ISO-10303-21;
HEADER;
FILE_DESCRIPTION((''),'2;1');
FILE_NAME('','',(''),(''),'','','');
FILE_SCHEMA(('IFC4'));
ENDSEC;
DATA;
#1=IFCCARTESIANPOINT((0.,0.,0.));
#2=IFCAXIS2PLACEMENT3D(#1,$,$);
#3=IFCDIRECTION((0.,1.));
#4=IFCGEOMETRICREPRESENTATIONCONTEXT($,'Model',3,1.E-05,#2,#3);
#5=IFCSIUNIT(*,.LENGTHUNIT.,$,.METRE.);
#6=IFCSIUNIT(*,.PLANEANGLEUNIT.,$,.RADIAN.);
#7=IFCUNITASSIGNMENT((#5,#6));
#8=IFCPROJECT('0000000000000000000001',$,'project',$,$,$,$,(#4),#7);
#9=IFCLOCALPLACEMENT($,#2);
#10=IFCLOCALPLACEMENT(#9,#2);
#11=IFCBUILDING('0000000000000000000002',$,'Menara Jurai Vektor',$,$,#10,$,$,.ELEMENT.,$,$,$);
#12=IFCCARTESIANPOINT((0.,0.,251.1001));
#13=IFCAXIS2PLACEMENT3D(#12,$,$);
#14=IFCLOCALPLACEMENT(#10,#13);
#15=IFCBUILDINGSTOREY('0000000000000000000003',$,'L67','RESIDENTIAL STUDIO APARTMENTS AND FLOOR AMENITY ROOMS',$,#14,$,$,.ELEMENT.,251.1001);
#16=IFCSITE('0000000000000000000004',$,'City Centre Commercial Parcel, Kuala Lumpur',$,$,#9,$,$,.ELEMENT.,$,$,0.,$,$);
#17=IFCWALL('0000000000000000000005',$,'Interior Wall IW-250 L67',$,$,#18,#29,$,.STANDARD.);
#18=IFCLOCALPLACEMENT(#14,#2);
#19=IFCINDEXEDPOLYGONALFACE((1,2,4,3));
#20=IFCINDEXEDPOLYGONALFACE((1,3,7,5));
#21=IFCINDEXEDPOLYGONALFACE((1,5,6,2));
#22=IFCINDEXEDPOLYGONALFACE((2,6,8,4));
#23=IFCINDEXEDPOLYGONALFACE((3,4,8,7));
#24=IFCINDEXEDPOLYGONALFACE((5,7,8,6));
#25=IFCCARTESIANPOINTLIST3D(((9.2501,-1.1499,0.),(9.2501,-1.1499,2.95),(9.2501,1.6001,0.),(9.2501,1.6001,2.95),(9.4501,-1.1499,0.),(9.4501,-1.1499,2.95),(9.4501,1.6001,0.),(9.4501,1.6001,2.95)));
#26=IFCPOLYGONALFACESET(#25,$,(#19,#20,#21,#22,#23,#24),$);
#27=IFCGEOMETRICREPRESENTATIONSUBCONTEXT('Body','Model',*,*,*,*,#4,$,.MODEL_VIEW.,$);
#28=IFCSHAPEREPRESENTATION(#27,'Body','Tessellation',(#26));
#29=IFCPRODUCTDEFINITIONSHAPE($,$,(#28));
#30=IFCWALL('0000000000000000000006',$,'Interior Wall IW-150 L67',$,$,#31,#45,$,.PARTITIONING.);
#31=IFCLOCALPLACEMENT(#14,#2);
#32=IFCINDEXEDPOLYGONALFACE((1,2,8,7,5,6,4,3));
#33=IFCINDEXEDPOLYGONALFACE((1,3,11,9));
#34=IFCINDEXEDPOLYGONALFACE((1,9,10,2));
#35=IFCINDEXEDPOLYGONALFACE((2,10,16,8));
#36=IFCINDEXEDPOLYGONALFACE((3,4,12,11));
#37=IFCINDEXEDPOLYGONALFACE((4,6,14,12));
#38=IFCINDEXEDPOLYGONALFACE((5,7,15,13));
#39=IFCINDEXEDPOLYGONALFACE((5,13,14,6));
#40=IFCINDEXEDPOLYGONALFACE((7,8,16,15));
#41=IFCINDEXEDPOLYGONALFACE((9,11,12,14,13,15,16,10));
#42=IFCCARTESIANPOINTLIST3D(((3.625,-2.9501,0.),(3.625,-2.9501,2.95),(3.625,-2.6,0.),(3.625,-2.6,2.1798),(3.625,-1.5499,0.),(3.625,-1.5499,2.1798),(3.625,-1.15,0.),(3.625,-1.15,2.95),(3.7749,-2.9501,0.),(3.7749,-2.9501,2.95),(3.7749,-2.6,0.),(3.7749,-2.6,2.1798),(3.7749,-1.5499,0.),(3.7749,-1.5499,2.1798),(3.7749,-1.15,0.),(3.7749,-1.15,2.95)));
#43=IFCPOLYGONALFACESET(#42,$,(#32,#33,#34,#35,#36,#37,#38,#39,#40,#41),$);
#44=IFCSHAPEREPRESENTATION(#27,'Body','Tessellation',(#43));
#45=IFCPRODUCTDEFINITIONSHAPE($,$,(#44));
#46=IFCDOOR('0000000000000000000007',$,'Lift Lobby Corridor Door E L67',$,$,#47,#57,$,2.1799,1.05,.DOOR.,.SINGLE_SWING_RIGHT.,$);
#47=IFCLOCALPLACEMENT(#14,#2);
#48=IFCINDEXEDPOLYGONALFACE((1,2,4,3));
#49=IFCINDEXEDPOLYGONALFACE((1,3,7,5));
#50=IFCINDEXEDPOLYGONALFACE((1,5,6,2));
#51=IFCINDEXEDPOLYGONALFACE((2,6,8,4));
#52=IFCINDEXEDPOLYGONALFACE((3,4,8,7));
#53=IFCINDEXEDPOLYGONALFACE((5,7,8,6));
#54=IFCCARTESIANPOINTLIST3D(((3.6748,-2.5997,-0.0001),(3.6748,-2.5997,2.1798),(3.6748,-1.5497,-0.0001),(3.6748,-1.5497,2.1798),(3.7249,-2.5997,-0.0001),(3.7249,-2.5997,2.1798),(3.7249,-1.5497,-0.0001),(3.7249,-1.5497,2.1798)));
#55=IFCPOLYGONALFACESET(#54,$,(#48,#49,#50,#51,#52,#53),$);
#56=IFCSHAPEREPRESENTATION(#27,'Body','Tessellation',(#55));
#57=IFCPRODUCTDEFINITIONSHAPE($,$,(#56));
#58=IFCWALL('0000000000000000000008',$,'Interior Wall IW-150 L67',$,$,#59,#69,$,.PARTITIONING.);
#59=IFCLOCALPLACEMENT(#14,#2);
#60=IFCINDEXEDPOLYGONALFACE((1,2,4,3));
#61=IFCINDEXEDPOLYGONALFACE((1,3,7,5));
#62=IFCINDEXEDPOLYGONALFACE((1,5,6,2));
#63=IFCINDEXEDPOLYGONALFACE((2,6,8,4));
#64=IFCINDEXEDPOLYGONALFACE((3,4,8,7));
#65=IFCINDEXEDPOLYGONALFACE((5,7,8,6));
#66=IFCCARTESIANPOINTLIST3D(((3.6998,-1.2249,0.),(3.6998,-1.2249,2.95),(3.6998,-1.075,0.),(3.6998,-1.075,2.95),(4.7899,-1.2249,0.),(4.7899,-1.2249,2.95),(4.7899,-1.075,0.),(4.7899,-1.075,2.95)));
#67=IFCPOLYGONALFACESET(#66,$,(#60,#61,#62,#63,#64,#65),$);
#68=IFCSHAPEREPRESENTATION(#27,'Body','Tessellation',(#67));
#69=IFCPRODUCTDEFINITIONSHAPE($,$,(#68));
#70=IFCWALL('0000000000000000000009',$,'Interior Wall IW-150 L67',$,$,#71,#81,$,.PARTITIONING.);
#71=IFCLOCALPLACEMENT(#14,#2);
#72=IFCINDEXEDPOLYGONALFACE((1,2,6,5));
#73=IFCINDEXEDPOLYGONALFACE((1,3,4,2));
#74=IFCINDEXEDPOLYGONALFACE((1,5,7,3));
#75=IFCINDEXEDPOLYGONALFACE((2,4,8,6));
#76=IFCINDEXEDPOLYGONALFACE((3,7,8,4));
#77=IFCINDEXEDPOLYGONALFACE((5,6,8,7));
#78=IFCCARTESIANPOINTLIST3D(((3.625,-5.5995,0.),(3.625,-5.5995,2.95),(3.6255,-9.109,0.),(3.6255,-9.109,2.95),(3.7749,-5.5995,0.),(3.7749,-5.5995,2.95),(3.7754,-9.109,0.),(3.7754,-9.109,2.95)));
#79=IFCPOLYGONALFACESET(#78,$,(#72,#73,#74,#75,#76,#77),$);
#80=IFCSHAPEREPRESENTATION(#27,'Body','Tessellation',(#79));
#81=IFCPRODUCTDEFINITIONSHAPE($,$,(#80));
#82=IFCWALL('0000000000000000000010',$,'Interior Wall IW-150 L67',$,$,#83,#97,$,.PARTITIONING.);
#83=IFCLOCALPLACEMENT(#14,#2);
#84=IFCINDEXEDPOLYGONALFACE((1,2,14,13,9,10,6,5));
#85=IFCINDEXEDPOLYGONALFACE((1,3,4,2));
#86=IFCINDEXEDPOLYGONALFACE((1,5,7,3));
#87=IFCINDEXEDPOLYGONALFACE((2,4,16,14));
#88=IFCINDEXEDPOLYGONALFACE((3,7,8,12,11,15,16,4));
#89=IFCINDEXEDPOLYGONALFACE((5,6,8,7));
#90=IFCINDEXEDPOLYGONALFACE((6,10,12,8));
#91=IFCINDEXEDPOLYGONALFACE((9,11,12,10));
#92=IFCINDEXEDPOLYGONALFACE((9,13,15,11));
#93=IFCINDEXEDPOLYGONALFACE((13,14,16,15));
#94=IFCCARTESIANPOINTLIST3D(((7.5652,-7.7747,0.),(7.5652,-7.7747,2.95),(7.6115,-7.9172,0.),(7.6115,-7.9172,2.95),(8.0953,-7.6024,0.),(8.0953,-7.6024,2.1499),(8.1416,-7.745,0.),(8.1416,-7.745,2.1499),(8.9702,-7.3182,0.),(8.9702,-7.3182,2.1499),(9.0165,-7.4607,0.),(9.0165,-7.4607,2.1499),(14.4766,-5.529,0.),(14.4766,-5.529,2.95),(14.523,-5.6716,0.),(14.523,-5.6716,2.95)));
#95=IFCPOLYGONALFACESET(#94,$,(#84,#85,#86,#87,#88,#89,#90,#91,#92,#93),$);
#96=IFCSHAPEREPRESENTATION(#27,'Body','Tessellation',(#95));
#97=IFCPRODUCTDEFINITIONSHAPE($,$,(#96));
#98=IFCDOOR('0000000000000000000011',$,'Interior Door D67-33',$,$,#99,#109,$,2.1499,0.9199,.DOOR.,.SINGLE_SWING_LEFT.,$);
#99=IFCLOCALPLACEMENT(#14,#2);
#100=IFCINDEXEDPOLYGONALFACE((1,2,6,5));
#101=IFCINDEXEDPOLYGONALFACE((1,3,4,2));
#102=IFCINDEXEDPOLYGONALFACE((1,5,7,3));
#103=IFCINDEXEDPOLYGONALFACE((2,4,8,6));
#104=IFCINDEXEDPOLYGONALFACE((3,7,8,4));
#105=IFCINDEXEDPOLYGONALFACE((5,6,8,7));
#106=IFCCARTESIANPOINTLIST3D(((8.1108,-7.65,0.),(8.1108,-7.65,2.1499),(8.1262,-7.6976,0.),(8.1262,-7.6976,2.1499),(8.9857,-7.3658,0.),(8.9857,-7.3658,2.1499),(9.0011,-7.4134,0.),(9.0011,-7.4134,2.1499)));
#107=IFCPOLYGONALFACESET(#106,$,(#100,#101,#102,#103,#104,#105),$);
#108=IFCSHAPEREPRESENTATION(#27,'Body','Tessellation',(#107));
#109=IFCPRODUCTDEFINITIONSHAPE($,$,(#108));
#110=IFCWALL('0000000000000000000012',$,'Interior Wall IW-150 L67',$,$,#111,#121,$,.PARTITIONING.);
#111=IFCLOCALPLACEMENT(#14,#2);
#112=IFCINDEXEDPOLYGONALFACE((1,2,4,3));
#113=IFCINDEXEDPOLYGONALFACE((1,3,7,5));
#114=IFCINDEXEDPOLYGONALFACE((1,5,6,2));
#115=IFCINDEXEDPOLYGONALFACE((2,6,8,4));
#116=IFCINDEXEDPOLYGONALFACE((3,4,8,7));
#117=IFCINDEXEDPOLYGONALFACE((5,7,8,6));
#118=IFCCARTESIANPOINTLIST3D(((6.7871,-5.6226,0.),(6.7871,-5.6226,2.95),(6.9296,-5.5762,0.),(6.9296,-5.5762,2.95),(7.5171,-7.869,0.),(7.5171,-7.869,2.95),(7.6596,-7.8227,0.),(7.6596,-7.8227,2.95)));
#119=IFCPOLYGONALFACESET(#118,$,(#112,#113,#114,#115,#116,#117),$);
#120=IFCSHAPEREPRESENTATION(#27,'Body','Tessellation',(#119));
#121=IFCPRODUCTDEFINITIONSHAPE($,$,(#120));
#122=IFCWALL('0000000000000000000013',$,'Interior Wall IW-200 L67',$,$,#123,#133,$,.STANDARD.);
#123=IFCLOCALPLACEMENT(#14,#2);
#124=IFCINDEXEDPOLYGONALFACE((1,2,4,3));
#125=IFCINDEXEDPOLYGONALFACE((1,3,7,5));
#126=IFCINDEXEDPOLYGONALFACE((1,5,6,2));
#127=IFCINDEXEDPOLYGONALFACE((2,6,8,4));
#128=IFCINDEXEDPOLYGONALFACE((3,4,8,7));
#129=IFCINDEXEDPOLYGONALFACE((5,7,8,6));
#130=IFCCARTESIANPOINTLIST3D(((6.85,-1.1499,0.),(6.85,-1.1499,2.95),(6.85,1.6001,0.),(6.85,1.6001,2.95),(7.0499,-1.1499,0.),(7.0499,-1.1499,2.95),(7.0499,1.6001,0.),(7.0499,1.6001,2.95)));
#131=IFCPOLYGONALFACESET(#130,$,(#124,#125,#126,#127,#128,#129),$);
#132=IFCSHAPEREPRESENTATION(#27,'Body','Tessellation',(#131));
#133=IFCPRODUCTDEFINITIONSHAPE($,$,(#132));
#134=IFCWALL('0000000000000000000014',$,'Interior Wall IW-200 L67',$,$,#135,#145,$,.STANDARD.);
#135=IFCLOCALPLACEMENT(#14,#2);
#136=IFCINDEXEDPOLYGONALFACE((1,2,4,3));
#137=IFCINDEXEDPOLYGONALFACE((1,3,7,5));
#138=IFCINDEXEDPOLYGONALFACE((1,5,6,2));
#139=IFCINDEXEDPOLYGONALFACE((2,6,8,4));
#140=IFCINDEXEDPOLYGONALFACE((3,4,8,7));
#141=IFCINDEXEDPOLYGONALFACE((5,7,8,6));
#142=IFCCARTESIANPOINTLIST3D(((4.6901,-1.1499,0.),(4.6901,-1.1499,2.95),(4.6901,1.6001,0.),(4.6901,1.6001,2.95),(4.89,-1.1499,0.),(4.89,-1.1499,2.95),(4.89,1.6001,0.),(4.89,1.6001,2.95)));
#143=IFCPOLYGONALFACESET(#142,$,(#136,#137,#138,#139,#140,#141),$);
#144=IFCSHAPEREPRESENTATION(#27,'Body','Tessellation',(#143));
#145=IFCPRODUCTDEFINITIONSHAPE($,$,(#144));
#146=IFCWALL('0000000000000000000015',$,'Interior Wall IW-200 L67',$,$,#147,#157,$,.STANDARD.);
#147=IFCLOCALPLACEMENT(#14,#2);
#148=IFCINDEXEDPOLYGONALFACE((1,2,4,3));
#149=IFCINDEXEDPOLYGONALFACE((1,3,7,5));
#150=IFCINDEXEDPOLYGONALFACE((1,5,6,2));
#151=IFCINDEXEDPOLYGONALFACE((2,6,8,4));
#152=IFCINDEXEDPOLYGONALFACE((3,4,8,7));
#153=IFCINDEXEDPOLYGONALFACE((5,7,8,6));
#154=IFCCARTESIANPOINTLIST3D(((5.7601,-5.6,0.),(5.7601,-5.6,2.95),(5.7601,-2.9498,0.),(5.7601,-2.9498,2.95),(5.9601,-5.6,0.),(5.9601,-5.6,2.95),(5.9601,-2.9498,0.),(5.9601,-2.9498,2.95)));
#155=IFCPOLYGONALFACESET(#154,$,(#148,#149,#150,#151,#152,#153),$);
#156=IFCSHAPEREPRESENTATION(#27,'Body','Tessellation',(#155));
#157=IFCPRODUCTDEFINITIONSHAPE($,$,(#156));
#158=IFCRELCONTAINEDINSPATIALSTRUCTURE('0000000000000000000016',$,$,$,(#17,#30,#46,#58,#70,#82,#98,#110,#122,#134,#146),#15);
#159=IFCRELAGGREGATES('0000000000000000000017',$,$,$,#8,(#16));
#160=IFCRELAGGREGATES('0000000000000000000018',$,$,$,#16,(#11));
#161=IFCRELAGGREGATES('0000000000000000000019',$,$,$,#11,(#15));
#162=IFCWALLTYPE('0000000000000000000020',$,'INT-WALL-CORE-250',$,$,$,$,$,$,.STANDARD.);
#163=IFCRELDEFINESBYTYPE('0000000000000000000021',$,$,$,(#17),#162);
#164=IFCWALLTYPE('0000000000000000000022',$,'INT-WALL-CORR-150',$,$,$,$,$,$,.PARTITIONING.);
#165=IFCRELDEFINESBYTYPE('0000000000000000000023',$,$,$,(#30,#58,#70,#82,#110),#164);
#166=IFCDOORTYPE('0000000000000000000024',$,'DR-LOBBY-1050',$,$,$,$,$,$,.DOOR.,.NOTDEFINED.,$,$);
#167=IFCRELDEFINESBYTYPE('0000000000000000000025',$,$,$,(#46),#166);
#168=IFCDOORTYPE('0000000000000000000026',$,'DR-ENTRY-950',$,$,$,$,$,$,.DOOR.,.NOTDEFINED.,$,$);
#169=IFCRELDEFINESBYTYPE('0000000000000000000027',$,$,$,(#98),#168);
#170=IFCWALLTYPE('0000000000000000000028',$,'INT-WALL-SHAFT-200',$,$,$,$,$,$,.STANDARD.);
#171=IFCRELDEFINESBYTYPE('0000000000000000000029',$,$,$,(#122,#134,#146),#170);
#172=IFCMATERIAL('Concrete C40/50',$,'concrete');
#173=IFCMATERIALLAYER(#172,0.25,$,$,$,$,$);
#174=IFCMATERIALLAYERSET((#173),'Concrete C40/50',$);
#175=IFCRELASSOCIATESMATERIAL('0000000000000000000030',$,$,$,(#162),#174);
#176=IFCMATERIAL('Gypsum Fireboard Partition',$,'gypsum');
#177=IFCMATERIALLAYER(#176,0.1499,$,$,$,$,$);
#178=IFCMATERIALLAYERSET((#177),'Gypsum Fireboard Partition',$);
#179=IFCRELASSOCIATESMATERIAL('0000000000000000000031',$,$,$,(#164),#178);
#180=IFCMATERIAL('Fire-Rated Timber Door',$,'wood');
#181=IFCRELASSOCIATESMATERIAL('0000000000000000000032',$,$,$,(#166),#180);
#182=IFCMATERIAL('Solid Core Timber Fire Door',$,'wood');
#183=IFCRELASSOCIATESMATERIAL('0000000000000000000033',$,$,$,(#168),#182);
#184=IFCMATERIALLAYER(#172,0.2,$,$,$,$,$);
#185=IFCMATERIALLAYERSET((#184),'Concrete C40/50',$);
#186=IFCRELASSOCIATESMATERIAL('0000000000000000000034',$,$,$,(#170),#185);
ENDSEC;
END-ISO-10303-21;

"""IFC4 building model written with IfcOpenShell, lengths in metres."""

from ifc_helpers import new_model, si_unit, direction, frame, frame_2d, origin, place, context, subcontext, project, spatial, rectangle, extrude, material, layer, layer_set, type_object, element, fill, save


model = new_model("IFC4")

# Units and contexts
model_context = context("Model", 3, precision=1e-05, world=origin(), true_north=direction((0.0, 1.0)))
body_context = subcontext(model_context, "Body", "Model", "MODEL_VIEW")
ifc_project = project(units=[si_unit("LENGTHUNIT", "METRE"), si_unit("PLANEANGLEUNIT", "RADIAN")], contexts=[model_context])

# Site, building, storey
site_placement = place(None, origin())
site = spatial("IfcSite", under=ifc_project, at=site_placement, Name="City Centre Commercial Parcel, Kuala Lumpur", CompositionType="ELEMENT", RefElevation=0.0)
building_placement = place(site_placement, origin())
building = spatial("IfcBuilding", under=site, at=building_placement, Name="Menara Jurai Vektor", CompositionType="ELEMENT")
storey_placement = place(building_placement, frame((0.0, 0.0, 251.1001)))
storey = spatial("IfcBuildingStorey", under=building, at=storey_placement, Name="L67", Description="RESIDENTIAL STUDIO APARTMENTS AND FLOOR AMENITY ROOMS", CompositionType="ELEMENT", Elevation=251.1001)

# Wall
ifc_material_1 = material(Name="Concrete C40/50", Category="concrete")
ifc_layer_1 = layer(ifc_material_1, 0.25)
ifc_layer_set_1 = layer_set([ifc_layer_1], Name="Concrete C40/50")
wall_type_1 = type_object("IfcWallType", Name="INT-WALL-CORE-250", PredefinedType="STANDARD", material=ifc_layer_set_1)
wall_1_placement = place(storey_placement, frame((9.3501, -1.1499, 0.0), z_axis=(0.0, 0.0, 1.0), x_axis=(0.0, 1.0, 0.0)))
element("IfcWall", 1, at=wall_1_placement, inside=storey, type_object=wall_type_1, Name="Interior Wall IW-250 L67", PredefinedType="STANDARD", context=body_context, shape_type="SweptSolid", body=[
    extrude(rectangle(XDim=2.75, YDim=0.2, at=frame_2d((1.375, 0.0))), origin(), (0.0, 0.0, 1.0), 2.95),
])

# Wall, opening, door
ifc_material_2 = material(Name="Gypsum Fireboard Partition", Category="gypsum")
ifc_layer_2 = layer(ifc_material_2, 0.1499)
ifc_layer_set_2 = layer_set([ifc_layer_2], Name="Gypsum Fireboard Partition")
wall_type_2 = type_object("IfcWallType", Name="INT-WALL-CORR-150", PredefinedType="PARTITIONING", material=ifc_layer_set_2)
wall_2_placement = place(storey_placement, frame((3.7, -2.95, 0.0), z_axis=(0.0, 0.0, 1.0), x_axis=(0.0, 1.0, 0.0)))
wall_2 = element("IfcWall", 2, at=wall_2_placement, inside=storey, type_object=wall_type_2, Name="Interior Wall IW-150 L67", PredefinedType="PARTITIONING", context=body_context, shape_type="SweptSolid", body=[
    extrude(rectangle(XDim=1.8, YDim=0.1499, at=frame_2d((0.8999, 0.0))), origin(), (0.0, 0.0, 1.0), 2.95),
])
opening_1_placement = place(wall_2_placement, frame((0.3501, 0.0, 0.0)))
opening_1 = element("IfcOpeningElement", 3, at=opening_1_placement, cuts=wall_2, PredefinedType="OPENING", context=body_context, shape_type="SweptSolid", body=[
    extrude(rectangle(XDim=1.05, YDim=2.1799, at=frame_2d((0.5249, 1.0898))), frame((0.0, 0.085, 0.0), z_axis=(0.0, -1.0, 0.0), x_axis=(1.0, 0.0, 0.0)), (0.0, 0.0, 1.0), 0.1699),
])
ifc_material_3 = material(Name="Fire-Rated Timber Door", Category="wood")
door_type_1 = type_object("IfcDoorType", Name="DR-LOBBY-1050", OperationType="NOTDEFINED", PredefinedType="DOOR", material=ifc_material_3)
door_1_placement = place(opening_1_placement, frame((1.05, 0.0, 0.0), z_axis=(0.0, 0.0, 1.0), x_axis=(-1.0, 0.0, 0.0)))
door_1 = element("IfcDoor", 4, at=door_1_placement, inside=storey, type_object=door_type_1, Name="Lift Lobby Corridor Door E L67", OperationType="SINGLE_SWING_RIGHT", OverallHeight=2.1799, OverallWidth=1.05, PredefinedType="DOOR", context=body_context, shape_type="SweptSolid", body=[
    extrude(rectangle(XDim=1.05, YDim=2.1799, at=frame_2d((0.5249, 1.0898))), frame((0.0, 0.0249, 0.0), z_axis=(0.0, -1.0, 0.0), x_axis=(1.0, 0.0, 0.0)), (0.0, 0.0, 1.0), 0.05),
])
fill(opening_1, door_1)

# Walls
wall_3_placement = place(storey_placement, frame((3.7, -1.1499, 0.0), z_axis=(0.0, 0.0, 1.0), x_axis=(1.0, 0.0, 0.0)))
element("IfcWall", 5, at=wall_3_placement, inside=storey, type_object=wall_type_2, Name="Interior Wall IW-150 L67", PredefinedType="PARTITIONING", context=body_context, shape_type="SweptSolid", body=[
    extrude(rectangle(XDim=1.0901, YDim=0.1499, at=frame_2d((0.5449, 0.0))), origin(), (0.0, 0.0, 1.0), 2.95),
])
wall_4_placement = place(storey_placement, frame((3.7004, -9.1091, 0.0), z_axis=(0.0, 0.0, 1.0), x_axis=(-0.000139, 1.0, 0.0)))
element("IfcWall", 6, at=wall_4_placement, inside=storey, type_object=wall_type_2, Name="Interior Wall IW-150 L67", PredefinedType="PARTITIONING", context=body_context, shape_type="SweptSolid", body=[
    extrude(rectangle(XDim=3.5095, YDim=0.1499, at=frame_2d((1.7549, 0.0))), origin(), (0.0, 0.0, 1.0), 2.95),
])

# Wall, opening, door
ifc_material_4 = material(Name="Solid Core Timber Fire Door", Category="wood")
door_type_2 = type_object("IfcDoorType", Name="DR-ENTRY-950", OperationType="NOTDEFINED", PredefinedType="DOOR", material=ifc_material_4)
wall_5_placement = place(storey_placement, frame((7.5884, -7.8459, 0.0), z_axis=(0.0, 0.0, 1.0), x_axis=(0.951058, 0.309012, 0.0)))
wall_5 = element("IfcWall", 7, at=wall_5_placement, inside=storey, type_object=wall_type_2, Name="Interior Wall IW-150 L67", PredefinedType="PARTITIONING", context=body_context, shape_type="SweptSolid", body=[
    extrude(rectangle(XDim=7.2671, YDim=0.1499, at=frame_2d((3.6335, 0.0))), origin(), (0.0, 0.0, 1.0), 2.95),
])
opening_2_placement = place(wall_5_placement, frame((0.5574, 0.0, 0.0)))
opening_2 = element("IfcOpeningElement", 8, at=opening_2_placement, cuts=wall_5, PredefinedType="OPENING", context=body_context, shape_type="SweptSolid", body=[
    extrude(rectangle(XDim=0.9199, YDim=2.1499, at=frame_2d((0.46, 1.075))), frame((0.0, 0.085, 0.0), z_axis=(0.0, -1.0, 0.0), x_axis=(1.0, 0.0, 0.0)), (0.0, 0.0, 1.0), 0.1699),
])
door_2_placement = place(opening_2_placement, origin())
door_2 = element("IfcDoor", 9, at=door_2_placement, inside=storey, type_object=door_type_2, Name="Interior Door D67-33", OperationType="SINGLE_SWING_LEFT", OverallHeight=2.1499, OverallWidth=0.9199, PredefinedType="DOOR", context=body_context, shape_type="SweptSolid", body=[
    extrude(rectangle(XDim=0.9199, YDim=2.1499, at=frame_2d((0.46, 1.075))), frame((0.0, 0.0249, 0.0), z_axis=(0.0, -1.0, 0.0), x_axis=(1.0, 0.0, 0.0)), (0.0, 0.0, 1.0), 0.05),
])
fill(opening_2, door_2)

# Wall
wall_6_placement = place(storey_placement, frame((7.5884, -7.8459, 0.0), z_axis=(0.0, 0.0, 1.0), x_axis=(-0.309056, 0.951044, 0.0)))
element("IfcWall", 10, at=wall_6_placement, inside=storey, type_object=wall_type_2, Name="Interior Wall IW-150 L67", PredefinedType="PARTITIONING", context=body_context, shape_type="SweptSolid", body=[
    extrude(rectangle(XDim=2.3621, YDim=0.1499, at=frame_2d((1.1812, 0.0))), origin(), (0.0, 0.0, 1.0), 2.95),
])

# Shared definitions
ifc_layer_3 = layer(ifc_material_1, 0.2)
ifc_layer_set_3 = layer_set([ifc_layer_3], Name="Concrete C40/50")
wall_type_3 = type_object("IfcWallType", Name="INT-WALL-SHAFT-200", PredefinedType="STANDARD", material=ifc_layer_set_3)

# Wall
wall_7_placement = place(storey_placement, frame((6.95, -1.1499, 0.0), z_axis=(0.0, 0.0, 1.0), x_axis=(0.0, 1.0, 0.0)))
element("IfcWall", 11, at=wall_7_placement, inside=storey, type_object=wall_type_3, Name="Interior Wall IW-200 L67", PredefinedType="STANDARD", context=body_context, shape_type="SweptSolid", body=[
    extrude(rectangle(XDim=2.75, YDim=0.2, at=frame_2d((1.375, 0.0))), origin(), (0.0, 0.0, 1.0), 2.95),
])

# Wall
wall_8_placement = place(storey_placement, frame((4.79, -1.1499, 0.0), z_axis=(0.0, 0.0, 1.0), x_axis=(0.0, 1.0, 0.0)))
element("IfcWall", 12, at=wall_8_placement, inside=storey, type_object=wall_type_3, Name="Interior Wall IW-200 L67", PredefinedType="STANDARD", context=body_context, shape_type="SweptSolid", body=[
    extrude(rectangle(XDim=2.75, YDim=0.2, at=frame_2d((1.375, 0.0))), origin(), (0.0, 0.0, 1.0), 2.95),
])

# Wall
wall_9_placement = place(storey_placement, frame((5.8601, -5.6001, 0.0), z_axis=(0.0, 0.0, 1.0), x_axis=(0.0, 1.0, 0.0)))
element("IfcWall", 13, at=wall_9_placement, inside=storey, type_object=wall_type_3, Name="Interior Wall IW-200 L67", PredefinedType="STANDARD", context=body_context, shape_type="SweptSolid", body=[
    extrude(rectangle(XDim=2.6501, YDim=0.2, at=frame_2d((1.3252, 0.0))), origin(), (0.0, 0.0, 1.0), 2.95),
])

save(model, "model.ifc")
